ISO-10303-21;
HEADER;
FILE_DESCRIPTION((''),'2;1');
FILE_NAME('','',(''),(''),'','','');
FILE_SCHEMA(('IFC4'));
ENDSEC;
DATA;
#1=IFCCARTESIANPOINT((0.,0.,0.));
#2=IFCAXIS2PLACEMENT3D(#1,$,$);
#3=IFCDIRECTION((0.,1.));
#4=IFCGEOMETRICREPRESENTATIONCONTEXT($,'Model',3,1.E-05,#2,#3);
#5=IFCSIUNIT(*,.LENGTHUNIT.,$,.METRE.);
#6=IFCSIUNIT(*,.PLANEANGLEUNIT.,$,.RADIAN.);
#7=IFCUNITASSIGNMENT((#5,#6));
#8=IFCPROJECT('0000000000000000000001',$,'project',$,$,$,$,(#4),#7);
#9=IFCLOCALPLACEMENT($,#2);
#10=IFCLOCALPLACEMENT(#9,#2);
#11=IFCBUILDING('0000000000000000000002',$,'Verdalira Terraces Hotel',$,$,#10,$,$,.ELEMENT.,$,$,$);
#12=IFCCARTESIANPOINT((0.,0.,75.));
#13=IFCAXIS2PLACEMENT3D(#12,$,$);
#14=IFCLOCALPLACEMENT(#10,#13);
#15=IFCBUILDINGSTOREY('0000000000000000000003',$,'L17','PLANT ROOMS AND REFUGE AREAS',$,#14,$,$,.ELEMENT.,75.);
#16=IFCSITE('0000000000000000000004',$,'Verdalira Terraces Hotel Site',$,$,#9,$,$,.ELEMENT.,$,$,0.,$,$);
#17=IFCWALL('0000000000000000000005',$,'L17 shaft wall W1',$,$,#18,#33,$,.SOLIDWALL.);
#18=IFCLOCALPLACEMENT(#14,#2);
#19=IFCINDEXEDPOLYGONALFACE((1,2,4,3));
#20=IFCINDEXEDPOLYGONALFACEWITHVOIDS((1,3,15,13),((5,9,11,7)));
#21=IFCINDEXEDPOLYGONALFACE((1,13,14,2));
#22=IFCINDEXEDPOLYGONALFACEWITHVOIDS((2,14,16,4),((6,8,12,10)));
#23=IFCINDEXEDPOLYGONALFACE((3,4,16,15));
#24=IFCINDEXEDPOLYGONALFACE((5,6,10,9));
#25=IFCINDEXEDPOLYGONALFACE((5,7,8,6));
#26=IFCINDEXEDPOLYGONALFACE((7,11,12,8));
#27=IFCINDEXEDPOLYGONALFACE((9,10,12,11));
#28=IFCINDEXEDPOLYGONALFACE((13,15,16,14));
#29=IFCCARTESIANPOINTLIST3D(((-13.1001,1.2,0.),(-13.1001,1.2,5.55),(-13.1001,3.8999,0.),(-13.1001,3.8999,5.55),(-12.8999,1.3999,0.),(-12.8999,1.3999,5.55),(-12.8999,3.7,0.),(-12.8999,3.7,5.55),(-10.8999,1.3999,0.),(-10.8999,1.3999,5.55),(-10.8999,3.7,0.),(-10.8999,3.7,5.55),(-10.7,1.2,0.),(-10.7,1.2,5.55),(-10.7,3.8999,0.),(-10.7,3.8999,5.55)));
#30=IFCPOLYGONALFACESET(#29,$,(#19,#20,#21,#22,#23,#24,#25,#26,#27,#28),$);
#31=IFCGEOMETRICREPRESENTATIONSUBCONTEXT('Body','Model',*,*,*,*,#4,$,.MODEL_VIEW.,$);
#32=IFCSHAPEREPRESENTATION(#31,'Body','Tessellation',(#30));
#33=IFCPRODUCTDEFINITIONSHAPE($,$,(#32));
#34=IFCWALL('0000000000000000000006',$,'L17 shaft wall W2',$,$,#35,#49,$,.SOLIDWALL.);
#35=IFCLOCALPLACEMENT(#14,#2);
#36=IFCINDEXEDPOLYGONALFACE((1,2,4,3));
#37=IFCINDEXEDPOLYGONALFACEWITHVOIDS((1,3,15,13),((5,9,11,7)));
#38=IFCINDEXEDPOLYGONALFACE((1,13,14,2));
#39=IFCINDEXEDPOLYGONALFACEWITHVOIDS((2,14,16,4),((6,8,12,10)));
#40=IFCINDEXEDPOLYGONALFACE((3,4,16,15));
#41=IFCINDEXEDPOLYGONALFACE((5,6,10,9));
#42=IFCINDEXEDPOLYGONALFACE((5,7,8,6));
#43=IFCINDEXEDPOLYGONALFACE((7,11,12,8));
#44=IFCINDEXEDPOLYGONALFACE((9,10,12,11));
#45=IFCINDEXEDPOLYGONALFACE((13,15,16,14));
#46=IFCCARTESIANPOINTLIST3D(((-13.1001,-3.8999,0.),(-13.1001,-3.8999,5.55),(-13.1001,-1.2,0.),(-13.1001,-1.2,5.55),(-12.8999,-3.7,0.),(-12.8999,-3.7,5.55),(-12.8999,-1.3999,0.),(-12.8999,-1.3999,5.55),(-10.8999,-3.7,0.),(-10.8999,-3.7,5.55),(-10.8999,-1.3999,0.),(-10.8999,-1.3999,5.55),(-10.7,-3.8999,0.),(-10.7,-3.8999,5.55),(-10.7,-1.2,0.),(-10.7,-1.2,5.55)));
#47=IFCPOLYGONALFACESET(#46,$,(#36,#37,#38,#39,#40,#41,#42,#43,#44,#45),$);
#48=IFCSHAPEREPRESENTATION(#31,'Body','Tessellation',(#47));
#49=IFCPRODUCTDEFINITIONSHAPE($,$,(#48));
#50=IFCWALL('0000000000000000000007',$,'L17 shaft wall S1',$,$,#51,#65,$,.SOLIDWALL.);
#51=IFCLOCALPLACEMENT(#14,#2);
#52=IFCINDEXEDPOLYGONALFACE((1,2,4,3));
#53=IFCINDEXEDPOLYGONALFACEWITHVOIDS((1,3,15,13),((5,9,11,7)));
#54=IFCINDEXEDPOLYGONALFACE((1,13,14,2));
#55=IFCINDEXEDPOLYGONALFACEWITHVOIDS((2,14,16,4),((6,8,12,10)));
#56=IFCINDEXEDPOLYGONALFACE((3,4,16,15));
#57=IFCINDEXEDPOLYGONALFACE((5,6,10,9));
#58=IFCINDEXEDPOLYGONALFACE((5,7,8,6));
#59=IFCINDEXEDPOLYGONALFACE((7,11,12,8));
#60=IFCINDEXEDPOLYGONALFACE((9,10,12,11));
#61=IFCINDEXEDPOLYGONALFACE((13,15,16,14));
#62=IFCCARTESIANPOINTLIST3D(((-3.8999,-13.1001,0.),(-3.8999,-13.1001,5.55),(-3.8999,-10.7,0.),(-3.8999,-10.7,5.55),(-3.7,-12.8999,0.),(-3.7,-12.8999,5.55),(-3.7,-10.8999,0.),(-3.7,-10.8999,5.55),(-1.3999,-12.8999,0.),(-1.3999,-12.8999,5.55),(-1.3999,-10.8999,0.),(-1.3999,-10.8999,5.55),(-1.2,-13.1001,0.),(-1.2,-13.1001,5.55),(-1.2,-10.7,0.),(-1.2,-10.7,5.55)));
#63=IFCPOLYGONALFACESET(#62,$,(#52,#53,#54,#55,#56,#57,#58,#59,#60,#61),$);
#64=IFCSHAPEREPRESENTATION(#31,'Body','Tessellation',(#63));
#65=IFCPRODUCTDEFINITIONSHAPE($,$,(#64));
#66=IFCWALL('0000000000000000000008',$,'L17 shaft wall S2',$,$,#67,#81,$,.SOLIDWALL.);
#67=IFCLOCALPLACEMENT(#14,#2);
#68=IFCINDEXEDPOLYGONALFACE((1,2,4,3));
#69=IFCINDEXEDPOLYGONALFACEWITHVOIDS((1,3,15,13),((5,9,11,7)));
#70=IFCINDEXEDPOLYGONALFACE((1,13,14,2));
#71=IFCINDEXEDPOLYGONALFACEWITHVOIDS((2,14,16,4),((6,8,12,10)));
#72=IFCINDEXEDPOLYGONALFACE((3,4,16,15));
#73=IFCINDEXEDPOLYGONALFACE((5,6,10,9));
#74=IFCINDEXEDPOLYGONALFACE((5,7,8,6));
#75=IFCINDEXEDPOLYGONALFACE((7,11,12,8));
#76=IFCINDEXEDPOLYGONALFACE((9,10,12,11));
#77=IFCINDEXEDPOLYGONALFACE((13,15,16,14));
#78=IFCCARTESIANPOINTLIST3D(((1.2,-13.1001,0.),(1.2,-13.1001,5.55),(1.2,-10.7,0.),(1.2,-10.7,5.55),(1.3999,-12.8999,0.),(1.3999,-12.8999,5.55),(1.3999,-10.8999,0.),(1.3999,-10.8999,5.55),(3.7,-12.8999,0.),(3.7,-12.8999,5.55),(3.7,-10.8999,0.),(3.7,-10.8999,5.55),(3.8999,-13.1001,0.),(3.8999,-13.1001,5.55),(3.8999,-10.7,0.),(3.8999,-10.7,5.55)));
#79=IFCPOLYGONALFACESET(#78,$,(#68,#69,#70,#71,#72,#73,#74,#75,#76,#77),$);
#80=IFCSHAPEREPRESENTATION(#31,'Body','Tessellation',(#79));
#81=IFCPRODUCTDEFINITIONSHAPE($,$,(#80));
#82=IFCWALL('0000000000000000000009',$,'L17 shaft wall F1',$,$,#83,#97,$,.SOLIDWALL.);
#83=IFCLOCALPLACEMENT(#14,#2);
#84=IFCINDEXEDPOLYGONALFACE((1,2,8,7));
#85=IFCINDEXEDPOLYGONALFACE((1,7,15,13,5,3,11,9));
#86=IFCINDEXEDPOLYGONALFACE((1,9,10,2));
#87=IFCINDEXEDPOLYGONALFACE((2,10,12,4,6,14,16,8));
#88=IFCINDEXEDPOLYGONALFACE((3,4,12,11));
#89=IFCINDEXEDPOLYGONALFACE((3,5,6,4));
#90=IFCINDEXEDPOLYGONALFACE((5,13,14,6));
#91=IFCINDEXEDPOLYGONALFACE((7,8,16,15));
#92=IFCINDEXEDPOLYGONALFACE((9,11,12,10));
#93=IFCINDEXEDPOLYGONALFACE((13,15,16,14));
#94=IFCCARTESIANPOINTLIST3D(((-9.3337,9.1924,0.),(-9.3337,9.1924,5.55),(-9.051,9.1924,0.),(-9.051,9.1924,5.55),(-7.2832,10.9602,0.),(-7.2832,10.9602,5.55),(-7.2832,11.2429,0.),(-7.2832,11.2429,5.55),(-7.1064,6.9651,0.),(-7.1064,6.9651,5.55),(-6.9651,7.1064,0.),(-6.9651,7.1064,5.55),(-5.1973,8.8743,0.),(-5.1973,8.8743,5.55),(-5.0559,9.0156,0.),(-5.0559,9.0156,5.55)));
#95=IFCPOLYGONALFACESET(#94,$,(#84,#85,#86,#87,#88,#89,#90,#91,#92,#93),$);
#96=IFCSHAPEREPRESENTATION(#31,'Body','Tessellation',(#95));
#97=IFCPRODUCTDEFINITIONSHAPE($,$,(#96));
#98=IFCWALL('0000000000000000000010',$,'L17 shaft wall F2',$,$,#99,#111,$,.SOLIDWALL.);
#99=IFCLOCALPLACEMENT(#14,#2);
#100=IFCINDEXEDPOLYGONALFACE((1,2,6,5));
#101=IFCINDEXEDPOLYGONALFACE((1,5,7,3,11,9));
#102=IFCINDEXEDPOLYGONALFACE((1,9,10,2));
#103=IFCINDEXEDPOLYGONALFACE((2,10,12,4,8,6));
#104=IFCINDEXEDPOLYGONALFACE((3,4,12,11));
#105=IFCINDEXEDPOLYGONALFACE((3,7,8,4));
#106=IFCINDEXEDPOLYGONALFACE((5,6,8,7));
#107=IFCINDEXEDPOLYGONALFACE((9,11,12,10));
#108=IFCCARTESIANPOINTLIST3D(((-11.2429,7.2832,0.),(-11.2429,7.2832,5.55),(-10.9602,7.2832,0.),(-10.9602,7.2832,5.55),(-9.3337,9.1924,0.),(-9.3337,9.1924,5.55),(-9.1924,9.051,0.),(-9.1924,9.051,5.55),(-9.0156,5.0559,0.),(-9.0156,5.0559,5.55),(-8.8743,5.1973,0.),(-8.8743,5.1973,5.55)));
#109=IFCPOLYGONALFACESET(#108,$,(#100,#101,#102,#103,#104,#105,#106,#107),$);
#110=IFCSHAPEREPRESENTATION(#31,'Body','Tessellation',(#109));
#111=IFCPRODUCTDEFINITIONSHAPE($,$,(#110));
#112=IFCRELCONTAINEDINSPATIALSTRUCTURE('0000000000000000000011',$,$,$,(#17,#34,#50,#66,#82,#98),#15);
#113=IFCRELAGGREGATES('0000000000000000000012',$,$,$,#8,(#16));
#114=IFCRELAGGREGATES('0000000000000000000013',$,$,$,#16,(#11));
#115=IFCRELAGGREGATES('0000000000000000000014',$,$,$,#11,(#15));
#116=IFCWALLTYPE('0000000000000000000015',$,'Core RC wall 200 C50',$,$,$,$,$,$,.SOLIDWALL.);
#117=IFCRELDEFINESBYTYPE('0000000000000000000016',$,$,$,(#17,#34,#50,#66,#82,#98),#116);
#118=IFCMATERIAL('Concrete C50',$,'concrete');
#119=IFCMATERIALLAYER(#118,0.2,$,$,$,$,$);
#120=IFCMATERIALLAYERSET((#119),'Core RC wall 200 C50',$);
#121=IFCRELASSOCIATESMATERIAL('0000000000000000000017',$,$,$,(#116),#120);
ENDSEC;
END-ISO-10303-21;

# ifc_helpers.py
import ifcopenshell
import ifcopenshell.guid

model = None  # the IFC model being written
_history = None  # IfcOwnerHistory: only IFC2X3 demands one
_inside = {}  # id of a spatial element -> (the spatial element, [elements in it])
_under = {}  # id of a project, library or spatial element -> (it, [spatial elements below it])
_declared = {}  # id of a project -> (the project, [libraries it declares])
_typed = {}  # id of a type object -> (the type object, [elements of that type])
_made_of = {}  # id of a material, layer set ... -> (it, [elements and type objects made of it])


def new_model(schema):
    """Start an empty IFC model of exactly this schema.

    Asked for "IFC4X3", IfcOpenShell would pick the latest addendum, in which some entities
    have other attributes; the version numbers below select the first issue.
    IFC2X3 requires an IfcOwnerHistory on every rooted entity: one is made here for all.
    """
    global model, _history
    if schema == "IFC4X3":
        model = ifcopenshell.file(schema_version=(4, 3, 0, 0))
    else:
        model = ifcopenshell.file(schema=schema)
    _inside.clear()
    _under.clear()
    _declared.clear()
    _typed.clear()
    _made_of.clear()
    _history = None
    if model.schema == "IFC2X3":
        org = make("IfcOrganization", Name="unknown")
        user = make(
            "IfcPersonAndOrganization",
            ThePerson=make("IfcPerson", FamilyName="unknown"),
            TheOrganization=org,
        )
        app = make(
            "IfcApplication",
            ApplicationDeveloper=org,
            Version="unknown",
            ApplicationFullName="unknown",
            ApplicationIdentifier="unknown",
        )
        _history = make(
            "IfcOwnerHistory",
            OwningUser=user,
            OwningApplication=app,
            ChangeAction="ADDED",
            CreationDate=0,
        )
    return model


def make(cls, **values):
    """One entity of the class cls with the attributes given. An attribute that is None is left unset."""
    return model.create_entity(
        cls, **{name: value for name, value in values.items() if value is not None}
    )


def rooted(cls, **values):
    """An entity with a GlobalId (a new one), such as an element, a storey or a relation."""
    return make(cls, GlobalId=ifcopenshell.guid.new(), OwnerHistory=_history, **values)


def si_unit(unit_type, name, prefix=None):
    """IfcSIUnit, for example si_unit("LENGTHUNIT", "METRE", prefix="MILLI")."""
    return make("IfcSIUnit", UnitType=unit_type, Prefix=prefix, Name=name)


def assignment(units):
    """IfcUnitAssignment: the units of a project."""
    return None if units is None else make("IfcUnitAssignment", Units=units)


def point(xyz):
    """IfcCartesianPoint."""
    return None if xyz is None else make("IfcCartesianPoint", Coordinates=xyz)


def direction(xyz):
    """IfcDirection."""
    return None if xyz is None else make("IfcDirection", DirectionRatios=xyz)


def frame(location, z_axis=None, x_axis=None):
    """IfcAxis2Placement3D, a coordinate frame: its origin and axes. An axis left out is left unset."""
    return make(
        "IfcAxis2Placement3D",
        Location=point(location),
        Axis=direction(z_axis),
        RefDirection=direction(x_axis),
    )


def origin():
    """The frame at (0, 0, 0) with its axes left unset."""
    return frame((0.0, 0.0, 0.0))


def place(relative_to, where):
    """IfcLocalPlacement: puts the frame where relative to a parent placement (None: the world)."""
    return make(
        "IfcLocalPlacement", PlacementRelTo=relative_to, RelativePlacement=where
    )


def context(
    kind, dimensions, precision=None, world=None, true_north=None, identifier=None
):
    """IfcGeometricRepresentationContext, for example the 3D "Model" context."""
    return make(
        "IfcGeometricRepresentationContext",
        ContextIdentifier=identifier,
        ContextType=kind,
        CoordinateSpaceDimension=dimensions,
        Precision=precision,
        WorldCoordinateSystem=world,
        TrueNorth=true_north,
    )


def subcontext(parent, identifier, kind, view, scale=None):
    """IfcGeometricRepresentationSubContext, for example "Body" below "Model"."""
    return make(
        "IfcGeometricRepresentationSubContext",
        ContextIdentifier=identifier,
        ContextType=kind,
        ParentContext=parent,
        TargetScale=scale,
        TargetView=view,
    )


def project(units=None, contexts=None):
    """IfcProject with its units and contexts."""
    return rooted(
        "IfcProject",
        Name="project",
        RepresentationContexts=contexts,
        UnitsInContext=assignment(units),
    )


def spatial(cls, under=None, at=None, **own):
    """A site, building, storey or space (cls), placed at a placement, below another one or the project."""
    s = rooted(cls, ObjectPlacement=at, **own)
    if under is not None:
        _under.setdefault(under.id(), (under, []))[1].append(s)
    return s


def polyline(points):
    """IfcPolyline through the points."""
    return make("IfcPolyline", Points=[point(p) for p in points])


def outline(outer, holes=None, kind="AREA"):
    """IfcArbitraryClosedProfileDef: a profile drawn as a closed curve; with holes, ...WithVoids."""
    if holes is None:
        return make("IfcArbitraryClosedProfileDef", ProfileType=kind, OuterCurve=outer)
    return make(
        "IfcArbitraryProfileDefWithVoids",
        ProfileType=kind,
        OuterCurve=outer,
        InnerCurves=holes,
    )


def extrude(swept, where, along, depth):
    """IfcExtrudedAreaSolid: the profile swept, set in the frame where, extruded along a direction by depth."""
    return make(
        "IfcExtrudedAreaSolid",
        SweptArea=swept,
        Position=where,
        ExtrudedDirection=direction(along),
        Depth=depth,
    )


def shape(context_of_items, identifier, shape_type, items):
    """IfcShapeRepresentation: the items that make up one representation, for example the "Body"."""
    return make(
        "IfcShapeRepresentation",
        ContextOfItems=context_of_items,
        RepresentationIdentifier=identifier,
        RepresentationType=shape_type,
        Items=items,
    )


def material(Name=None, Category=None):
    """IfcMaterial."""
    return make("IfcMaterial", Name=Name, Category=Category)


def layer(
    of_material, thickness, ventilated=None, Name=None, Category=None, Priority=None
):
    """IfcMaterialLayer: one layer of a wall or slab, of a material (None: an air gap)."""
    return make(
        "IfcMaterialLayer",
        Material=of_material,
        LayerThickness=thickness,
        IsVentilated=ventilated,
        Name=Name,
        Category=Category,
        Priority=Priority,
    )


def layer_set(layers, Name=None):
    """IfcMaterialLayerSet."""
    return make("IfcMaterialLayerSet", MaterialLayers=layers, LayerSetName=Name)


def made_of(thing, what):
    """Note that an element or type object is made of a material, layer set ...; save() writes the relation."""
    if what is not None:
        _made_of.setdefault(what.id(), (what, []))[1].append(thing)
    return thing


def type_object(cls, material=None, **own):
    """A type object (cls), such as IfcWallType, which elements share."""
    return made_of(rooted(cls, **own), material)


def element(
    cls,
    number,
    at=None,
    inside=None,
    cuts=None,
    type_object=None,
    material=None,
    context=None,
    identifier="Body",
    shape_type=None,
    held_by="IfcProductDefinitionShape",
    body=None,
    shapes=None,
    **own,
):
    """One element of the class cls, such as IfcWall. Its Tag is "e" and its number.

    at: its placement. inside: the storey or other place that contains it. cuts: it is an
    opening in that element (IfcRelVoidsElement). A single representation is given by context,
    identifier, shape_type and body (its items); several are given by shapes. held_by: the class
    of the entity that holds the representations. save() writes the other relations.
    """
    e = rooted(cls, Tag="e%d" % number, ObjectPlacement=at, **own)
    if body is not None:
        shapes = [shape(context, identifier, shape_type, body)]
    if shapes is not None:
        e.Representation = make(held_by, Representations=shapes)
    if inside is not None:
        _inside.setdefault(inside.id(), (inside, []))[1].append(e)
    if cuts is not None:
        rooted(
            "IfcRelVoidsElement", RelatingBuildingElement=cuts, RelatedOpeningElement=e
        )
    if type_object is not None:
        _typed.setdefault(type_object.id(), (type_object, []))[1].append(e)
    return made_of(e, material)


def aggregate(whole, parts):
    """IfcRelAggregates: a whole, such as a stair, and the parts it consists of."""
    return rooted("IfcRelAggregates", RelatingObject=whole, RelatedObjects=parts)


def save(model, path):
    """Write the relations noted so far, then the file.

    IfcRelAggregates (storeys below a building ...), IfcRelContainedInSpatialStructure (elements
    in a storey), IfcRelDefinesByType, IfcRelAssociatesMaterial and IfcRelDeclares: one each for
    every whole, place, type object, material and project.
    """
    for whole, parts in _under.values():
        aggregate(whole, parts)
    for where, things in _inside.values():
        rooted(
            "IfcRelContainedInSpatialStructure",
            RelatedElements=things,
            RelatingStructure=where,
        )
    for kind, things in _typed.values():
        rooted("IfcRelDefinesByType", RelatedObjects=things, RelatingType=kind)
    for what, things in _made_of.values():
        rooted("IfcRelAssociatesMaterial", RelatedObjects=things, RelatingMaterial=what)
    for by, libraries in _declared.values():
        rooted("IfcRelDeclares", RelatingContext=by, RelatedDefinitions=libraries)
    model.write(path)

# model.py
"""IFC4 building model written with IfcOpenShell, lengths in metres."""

from ifc_helpers import new_model, si_unit, direction, frame, origin, place, context, subcontext, project, spatial, polyline, outline, extrude, material, layer, layer_set, type_object, element, save


model = new_model("IFC4")

# Units and contexts
model_context = context("Model", 3, precision=1e-05, world=origin(), true_north=direction((0.0, 1.0)))
body_context = subcontext(model_context, "Body", "Model", "MODEL_VIEW")
ifc_project = project(units=[si_unit("LENGTHUNIT", "METRE"), si_unit("PLANEANGLEUNIT", "RADIAN")], contexts=[model_context])

# Site, building, storey
site_placement = place(None, origin())
site = spatial("IfcSite", under=ifc_project, at=site_placement, Name="Verdalira Terraces Hotel Site", CompositionType="ELEMENT", RefElevation=0.0)
building_placement = place(site_placement, origin())
building = spatial("IfcBuilding", under=site, at=building_placement, Name="Verdalira Terraces Hotel", CompositionType="ELEMENT")
storey_placement = place(building_placement, frame((0.0, 0.0, 75.0)))
storey = spatial("IfcBuildingStorey", under=building, at=storey_placement, Name="L17", Description="PLANT ROOMS AND REFUGE AREAS", CompositionType="ELEMENT", Elevation=75.0)

# Walls
ifc_material_1 = material(Name="Concrete C50", Category="concrete")
ifc_layer_1 = layer(ifc_material_1, 0.2)
ifc_layer_set_1 = layer_set([ifc_layer_1], Name="Core RC wall 200 C50")
wall_type_1 = type_object("IfcWallType", Name="Core RC wall 200 C50", PredefinedType="SOLIDWALL", material=ifc_layer_set_1)
wall_1_placement = place(storey_placement, origin())
element("IfcWall", 1, at=wall_1_placement, inside=storey, type_object=wall_type_1, Name="L17 shaft wall W1", PredefinedType="SOLIDWALL", context=body_context, shape_type="SweptSolid", body=[
    extrude(outline(polyline([(-13.1001, 1.2), (-13.1001, 3.8999), (-10.7, 3.8999), (-10.7, 1.2), (-13.1001, 1.2)]), holes=[polyline([(-10.8999, 3.7), (-12.8999, 3.7), (-12.8999, 1.3999), (-10.8999, 1.3999), (-10.8999, 3.7)])]), origin(), (0.0, 0.0, 1.0), 5.55),
])
wall_2_placement = place(storey_placement, origin())
element("IfcWall", 2, at=wall_2_placement, inside=storey, type_object=wall_type_1, Name="L17 shaft wall W2", PredefinedType="SOLIDWALL", context=body_context, shape_type="SweptSolid", body=[
    extrude(outline(polyline([(-10.7, -3.8999), (-13.1001, -3.8999), (-13.1001, -1.2), (-10.7, -1.2), (-10.7, -3.8999)]), holes=[polyline([(-12.8999, -1.3999), (-12.8999, -3.7), (-10.8999, -3.7), (-10.8999, -1.3999), (-12.8999, -1.3999)])]), origin(), (0.0, 0.0, 1.0), 5.55),
])
wall_3_placement = place(storey_placement, origin())
element("IfcWall", 3, at=wall_3_placement, inside=storey, type_object=wall_type_1, Name="L17 shaft wall S1", PredefinedType="SOLIDWALL", context=body_context, shape_type="SweptSolid", body=[
    extrude(outline(polyline([(-1.2, -13.1001), (-3.8999, -13.1001), (-3.8999, -10.7), (-1.2, -10.7), (-1.2, -13.1001)]), holes=[polyline([(-3.7, -10.8999), (-3.7, -12.8999), (-1.3999, -12.8999), (-1.3999, -10.8999), (-3.7, -10.8999)])]), origin(), (0.0, 0.0, 1.0), 5.55),
])
wall_4_placement = place(storey_placement, origin())
element("IfcWall", 4, at=wall_4_placement, inside=storey, type_object=wall_type_1, Name="L17 shaft wall S2", PredefinedType="SOLIDWALL", context=body_context, shape_type="SweptSolid", body=[
    extrude(outline(polyline([(3.8999, -10.7), (3.8999, -13.1001), (1.2, -13.1001), (1.2, -10.7), (3.8999, -10.7)]), holes=[polyline([(1.3999, -12.8999), (3.7, -12.8999), (3.7, -10.8999), (1.3999, -10.8999), (1.3999, -12.8999)])]), origin(), (0.0, 0.0, 1.0), 5.55),
])
wall_5_placement = place(storey_placement, origin())
element("IfcWall", 5, at=wall_5_placement, inside=storey, type_object=wall_type_1, Name="L17 shaft wall F1", PredefinedType="SOLIDWALL", context=body_context, shape_type="SweptSolid", body=[
    extrude(outline(polyline([(-9.3337, 9.1924), (-7.2832, 11.2429), (-5.0559, 9.0156), (-5.1973, 8.8743), (-7.2832, 10.9602), (-9.051, 9.1924), (-6.9651, 7.1064), (-7.1064, 6.9651), (-9.3337, 9.1924)])), origin(), (0.0, 0.0, 1.0), 5.55),
])
wall_6_placement = place(storey_placement, origin())
element("IfcWall", 6, at=wall_6_placement, inside=storey, type_object=wall_type_1, Name="L17 shaft wall F2", PredefinedType="SOLIDWALL", context=body_context, shape_type="SweptSolid", body=[
    extrude(outline(polyline([(-11.2429, 7.2832), (-9.3337, 9.1924), (-9.1924, 9.051), (-10.9602, 7.2832), (-8.8743, 5.1973), (-9.0156, 5.0559), (-11.2429, 7.2832)])), origin(), (0.0, 0.0, 1.0), 5.55),
])

save(model, "model.ifc")
